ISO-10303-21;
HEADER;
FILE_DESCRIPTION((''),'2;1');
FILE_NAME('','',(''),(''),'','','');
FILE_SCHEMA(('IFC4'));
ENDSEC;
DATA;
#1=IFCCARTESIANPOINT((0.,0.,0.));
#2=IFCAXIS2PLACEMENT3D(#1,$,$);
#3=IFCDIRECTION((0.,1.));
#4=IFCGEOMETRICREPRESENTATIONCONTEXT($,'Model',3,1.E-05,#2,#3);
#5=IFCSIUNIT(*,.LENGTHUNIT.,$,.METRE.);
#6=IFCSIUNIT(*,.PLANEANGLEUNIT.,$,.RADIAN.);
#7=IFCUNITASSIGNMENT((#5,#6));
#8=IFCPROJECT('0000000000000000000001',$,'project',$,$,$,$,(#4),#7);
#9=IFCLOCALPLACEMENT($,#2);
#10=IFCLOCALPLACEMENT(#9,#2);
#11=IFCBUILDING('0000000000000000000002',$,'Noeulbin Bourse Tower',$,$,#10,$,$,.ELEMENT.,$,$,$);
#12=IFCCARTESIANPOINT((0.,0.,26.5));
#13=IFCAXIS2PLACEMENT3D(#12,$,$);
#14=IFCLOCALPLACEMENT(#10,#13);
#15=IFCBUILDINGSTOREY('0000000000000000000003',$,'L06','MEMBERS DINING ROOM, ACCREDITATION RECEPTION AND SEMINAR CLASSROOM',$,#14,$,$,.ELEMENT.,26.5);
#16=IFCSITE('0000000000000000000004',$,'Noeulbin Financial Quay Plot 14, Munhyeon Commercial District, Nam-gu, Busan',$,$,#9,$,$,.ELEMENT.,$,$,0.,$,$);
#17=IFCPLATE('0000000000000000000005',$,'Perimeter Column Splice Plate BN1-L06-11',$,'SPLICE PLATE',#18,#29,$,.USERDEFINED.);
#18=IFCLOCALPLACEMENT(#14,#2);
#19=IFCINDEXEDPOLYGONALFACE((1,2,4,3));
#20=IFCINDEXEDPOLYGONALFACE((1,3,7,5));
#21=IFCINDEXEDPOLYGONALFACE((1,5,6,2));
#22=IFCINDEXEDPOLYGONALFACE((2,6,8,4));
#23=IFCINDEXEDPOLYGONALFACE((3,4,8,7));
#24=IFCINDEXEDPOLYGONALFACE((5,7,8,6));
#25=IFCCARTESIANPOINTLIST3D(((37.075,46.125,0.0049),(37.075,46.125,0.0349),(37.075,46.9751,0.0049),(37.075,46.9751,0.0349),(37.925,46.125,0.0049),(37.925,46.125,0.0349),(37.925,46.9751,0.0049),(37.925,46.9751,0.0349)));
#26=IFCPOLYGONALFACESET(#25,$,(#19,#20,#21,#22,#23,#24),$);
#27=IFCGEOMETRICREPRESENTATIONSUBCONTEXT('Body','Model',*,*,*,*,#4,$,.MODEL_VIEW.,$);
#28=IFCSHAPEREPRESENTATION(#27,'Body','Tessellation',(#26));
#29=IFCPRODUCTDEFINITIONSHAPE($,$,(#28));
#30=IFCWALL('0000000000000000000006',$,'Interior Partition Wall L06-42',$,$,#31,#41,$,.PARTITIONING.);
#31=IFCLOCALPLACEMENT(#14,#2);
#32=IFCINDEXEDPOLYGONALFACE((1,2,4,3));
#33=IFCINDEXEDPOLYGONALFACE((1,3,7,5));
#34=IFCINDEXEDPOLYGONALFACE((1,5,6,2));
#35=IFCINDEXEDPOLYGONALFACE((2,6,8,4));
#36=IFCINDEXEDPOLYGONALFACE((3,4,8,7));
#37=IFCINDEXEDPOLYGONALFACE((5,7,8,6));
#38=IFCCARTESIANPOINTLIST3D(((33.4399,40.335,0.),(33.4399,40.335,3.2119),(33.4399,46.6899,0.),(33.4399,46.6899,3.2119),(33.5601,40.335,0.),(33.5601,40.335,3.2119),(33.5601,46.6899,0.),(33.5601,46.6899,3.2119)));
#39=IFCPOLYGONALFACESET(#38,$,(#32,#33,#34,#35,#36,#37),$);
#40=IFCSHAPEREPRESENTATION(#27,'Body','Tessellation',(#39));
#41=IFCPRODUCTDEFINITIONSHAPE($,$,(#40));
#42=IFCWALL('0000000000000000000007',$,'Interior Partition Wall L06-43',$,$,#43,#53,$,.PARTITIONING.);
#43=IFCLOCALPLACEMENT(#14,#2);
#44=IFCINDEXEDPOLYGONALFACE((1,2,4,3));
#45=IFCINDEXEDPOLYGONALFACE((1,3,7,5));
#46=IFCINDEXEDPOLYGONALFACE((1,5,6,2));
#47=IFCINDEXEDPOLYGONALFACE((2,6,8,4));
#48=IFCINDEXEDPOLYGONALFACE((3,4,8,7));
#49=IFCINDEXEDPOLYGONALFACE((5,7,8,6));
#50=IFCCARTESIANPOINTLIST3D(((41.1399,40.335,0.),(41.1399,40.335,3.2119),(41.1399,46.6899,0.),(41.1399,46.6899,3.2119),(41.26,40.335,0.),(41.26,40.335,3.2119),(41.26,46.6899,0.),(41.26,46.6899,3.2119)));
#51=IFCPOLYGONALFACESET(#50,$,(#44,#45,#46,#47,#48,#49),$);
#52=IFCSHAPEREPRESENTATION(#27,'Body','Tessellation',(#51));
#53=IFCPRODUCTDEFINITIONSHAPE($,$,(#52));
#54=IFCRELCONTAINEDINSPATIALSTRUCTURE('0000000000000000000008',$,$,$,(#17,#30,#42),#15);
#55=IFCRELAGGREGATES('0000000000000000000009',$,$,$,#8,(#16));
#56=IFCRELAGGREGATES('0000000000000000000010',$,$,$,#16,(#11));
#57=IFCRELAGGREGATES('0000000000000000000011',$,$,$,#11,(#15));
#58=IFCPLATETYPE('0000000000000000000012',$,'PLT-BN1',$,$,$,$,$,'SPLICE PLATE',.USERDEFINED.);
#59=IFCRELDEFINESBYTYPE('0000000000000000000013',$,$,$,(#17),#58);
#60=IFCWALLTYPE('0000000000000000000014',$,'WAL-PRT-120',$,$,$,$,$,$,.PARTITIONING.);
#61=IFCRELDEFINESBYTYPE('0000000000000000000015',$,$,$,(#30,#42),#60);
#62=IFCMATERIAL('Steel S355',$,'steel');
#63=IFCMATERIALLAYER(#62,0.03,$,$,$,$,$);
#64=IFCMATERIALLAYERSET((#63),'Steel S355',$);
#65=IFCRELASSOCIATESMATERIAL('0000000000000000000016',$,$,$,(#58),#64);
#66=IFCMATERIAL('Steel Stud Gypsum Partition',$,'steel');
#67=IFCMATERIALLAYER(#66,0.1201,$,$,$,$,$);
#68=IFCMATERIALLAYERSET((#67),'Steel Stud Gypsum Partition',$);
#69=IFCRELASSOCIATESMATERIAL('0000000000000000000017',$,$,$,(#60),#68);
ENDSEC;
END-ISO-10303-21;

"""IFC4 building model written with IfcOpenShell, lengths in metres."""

from ifc_helpers import new_model, si_unit, direction, frame, frame_2d, origin, origin_2d, place, context, subcontext, project, spatial, rectangle, extrude, material, layer, layer_set, type_object, element, save


model = new_model("IFC4")

# Units and contexts
model_context = context("Model", 3, precision=1e-05, world=origin(), true_north=direction((0.0, 1.0)))
body_context = subcontext(model_context, "Body", "Model", "MODEL_VIEW")
ifc_project = project(units=[si_unit("LENGTHUNIT", "METRE"), si_unit("PLANEANGLEUNIT", "RADIAN")], contexts=[model_context])

# Site, building, storey
site_placement = place(None, origin())
site = spatial("IfcSite", under=ifc_project, at=site_placement, Name="Noeulbin Financial Quay Plot 14, Munhyeon Commercial District, Nam-gu, Busan", CompositionType="ELEMENT", RefElevation=0.0)
building_placement = place(site_placement, origin())
building = spatial("IfcBuilding", under=site, at=building_placement, Name="Noeulbin Bourse Tower", CompositionType="ELEMENT")
storey_placement = place(building_placement, frame((0.0, 0.0, 26.5)))
storey = spatial("IfcBuildingStorey", under=building, at=storey_placement, Name="L06", Description="MEMBERS DINING ROOM, ACCREDITATION RECEPTION AND SEMINAR CLASSROOM", CompositionType="ELEMENT", Elevation=26.5)

# Shared definitions
ifc_material_1 = material(Name="Steel S355", Category="steel")

# Plate
ifc_layer_1 = layer(ifc_material_1, 0.03)
ifc_layer_set_1 = layer_set([ifc_layer_1], Name="Steel S355")
plate_type_1 = type_object("IfcPlateType", Name="PLT-BN1", ElementType="SPLICE PLATE", PredefinedType="USERDEFINED", material=ifc_layer_set_1)
for number, where, z_axis, x_axis, name in (
    (1, (37.5, 46.55, 0.0049), (0.0, 0.0, 1.0), (1.0, 0.0, 0.0), "Perimeter Column Splice Plate BN1-L06-11"),
):
    element("IfcPlate", number, at=place(storey_placement, frame(where, z_axis=z_axis, x_axis=x_axis)), inside=storey, type_object=plate_type_1, Name=name, ObjectType="SPLICE PLATE", PredefinedType="USERDEFINED", context=body_context, shape_type="SweptSolid", body=[
        extrude(rectangle(XDim=0.8501, YDim=0.8501, at=origin_2d()), origin(), (0.0, 0.0, 1.0), 0.03),
    ])

# Walls
ifc_material_2 = material(Name="Steel Stud Gypsum Partition", Category="steel")
ifc_layer_2 = layer(ifc_material_2, 0.1201)
ifc_layer_set_2 = layer_set([ifc_layer_2], Name="Steel Stud Gypsum Partition")
wall_type = type_object("IfcWallType", Name="WAL-PRT-120", PredefinedType="PARTITIONING", material=ifc_layer_set_2)
for number, where, z_axis, x_axis, name in (
    (2, (33.5, 40.335, 0.0), (0.0, 0.0, 1.0), (0.0, 1.0, 0.0), "Interior Partition Wall L06-42"),
    (3, (41.2, 40.335, 0.0), (0.0, 0.0, 1.0), (0.0, 1.0, 0.0), "Interior Partition Wall L06-43"),
):
    element("IfcWall", number, at=place(storey_placement, frame(where, z_axis=z_axis, x_axis=x_axis)), inside=storey, type_object=wall_type, Name=name, PredefinedType="PARTITIONING", context=body_context, shape_type="SweptSolid", body=[
        extrude(rectangle(XDim=6.355, YDim=0.1201, at=frame_2d((3.1775, 0.0))), origin(), (0.0, 0.0, 1.0), 3.2119),
    ])

save(model, "model.ifc")
